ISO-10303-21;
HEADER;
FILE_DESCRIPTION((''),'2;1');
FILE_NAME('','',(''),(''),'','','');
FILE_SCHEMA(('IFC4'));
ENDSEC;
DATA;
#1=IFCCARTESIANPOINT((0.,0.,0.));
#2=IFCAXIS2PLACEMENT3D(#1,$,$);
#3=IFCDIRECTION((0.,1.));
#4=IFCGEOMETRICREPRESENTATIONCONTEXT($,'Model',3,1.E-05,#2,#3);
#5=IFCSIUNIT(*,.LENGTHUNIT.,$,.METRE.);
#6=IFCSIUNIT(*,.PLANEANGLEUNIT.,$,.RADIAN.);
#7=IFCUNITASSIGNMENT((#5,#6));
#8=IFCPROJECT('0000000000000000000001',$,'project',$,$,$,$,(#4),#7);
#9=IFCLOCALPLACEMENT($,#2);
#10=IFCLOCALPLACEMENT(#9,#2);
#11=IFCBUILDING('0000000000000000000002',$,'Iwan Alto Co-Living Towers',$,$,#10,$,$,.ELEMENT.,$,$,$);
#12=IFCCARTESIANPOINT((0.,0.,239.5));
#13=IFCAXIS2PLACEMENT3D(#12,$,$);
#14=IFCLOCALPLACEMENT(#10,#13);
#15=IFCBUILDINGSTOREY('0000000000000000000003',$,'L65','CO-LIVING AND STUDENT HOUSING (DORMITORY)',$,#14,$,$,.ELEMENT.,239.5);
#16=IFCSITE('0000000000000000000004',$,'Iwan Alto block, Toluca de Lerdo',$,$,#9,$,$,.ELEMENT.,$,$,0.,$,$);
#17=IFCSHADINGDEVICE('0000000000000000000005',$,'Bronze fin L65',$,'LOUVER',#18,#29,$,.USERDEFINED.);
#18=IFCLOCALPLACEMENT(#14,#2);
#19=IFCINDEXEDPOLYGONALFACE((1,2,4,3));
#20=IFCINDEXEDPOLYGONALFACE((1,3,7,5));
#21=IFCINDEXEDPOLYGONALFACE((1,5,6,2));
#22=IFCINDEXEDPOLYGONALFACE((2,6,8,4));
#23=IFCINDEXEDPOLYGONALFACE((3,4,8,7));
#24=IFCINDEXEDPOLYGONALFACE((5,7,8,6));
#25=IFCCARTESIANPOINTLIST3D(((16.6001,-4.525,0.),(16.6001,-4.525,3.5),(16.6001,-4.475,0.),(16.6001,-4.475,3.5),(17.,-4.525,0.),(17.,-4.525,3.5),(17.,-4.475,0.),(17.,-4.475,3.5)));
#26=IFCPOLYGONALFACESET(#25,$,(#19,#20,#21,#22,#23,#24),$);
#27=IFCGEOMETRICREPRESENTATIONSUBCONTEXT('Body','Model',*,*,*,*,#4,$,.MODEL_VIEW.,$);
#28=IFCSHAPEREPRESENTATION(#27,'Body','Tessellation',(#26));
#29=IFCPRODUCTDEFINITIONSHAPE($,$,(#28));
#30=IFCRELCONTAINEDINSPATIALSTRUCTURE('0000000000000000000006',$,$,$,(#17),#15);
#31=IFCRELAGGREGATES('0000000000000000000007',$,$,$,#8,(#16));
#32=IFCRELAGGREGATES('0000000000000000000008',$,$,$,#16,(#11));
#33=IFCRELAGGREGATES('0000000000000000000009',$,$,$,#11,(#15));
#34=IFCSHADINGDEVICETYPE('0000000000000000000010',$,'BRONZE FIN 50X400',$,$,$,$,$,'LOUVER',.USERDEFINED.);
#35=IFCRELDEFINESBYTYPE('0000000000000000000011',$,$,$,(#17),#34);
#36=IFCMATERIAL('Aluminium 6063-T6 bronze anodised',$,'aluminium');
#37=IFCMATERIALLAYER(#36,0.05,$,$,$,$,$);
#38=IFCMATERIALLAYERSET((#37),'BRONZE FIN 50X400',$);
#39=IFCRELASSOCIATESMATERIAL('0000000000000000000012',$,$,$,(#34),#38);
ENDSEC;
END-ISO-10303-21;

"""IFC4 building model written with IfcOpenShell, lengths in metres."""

from ifc_helpers import new_model, si_unit, direction, frame, origin, origin_2d, place, context, subcontext, project, spatial, rectangle, extrude, material, layer, layer_set, type_object, element, save


model = new_model("IFC4")

# Units and contexts
model_context = context("Model", 3, precision=1e-05, world=origin(), true_north=direction((0.0, 1.0)))
body_context = subcontext(model_context, "Body", "Model", "MODEL_VIEW")
ifc_project = project(units=[si_unit("LENGTHUNIT", "METRE"), si_unit("PLANEANGLEUNIT", "RADIAN")], contexts=[model_context])

# Site, building, storey
site_placement = place(None, origin())
site = spatial("IfcSite", under=ifc_project, at=site_placement, Name="Iwan Alto block, Toluca de Lerdo", CompositionType="ELEMENT", RefElevation=0.0)
building_placement = place(site_placement, origin())
building = spatial("IfcBuilding", under=site, at=building_placement, Name="Iwan Alto Co-Living Towers", CompositionType="ELEMENT")
storey_placement = place(building_placement, frame((0.0, 0.0, 239.5)))
storey = spatial("IfcBuildingStorey", under=building, at=storey_placement, Name="L65", Description="CO-LIVING AND STUDENT HOUSING (DORMITORY)", CompositionType="ELEMENT", Elevation=239.5)

# Shading device
ifc_material_1 = material(Name="Aluminium 6063-T6 bronze anodised", Category="aluminium")
ifc_layer_1 = layer(ifc_material_1, 0.05)
ifc_layer_set_1 = layer_set([ifc_layer_1], Name="BRONZE FIN 50X400")
shading_device_type = type_object("IfcShadingDeviceType", Name="BRONZE FIN 50X400", ElementType="LOUVER", PredefinedType="USERDEFINED", material=ifc_layer_set_1)
shading_device_placement = place(storey_placement, frame((16.8, -4.5, 0.0), z_axis=(0.0, 0.0, 1.0), x_axis=(0.0, 1.0, 0.0)))
element("IfcShadingDevice", 1, at=shading_device_placement, inside=storey, type_object=shading_device_type, Name="Bronze fin L65", ObjectType="LOUVER", PredefinedType="USERDEFINED", context=body_context, shape_type="SweptSolid", body=[
    extrude(rectangle(XDim=0.05, YDim=0.3999, at=origin_2d()), origin(), (0.0, 0.0, 1.0), 3.5),
])

save(model, "model.ifc")
